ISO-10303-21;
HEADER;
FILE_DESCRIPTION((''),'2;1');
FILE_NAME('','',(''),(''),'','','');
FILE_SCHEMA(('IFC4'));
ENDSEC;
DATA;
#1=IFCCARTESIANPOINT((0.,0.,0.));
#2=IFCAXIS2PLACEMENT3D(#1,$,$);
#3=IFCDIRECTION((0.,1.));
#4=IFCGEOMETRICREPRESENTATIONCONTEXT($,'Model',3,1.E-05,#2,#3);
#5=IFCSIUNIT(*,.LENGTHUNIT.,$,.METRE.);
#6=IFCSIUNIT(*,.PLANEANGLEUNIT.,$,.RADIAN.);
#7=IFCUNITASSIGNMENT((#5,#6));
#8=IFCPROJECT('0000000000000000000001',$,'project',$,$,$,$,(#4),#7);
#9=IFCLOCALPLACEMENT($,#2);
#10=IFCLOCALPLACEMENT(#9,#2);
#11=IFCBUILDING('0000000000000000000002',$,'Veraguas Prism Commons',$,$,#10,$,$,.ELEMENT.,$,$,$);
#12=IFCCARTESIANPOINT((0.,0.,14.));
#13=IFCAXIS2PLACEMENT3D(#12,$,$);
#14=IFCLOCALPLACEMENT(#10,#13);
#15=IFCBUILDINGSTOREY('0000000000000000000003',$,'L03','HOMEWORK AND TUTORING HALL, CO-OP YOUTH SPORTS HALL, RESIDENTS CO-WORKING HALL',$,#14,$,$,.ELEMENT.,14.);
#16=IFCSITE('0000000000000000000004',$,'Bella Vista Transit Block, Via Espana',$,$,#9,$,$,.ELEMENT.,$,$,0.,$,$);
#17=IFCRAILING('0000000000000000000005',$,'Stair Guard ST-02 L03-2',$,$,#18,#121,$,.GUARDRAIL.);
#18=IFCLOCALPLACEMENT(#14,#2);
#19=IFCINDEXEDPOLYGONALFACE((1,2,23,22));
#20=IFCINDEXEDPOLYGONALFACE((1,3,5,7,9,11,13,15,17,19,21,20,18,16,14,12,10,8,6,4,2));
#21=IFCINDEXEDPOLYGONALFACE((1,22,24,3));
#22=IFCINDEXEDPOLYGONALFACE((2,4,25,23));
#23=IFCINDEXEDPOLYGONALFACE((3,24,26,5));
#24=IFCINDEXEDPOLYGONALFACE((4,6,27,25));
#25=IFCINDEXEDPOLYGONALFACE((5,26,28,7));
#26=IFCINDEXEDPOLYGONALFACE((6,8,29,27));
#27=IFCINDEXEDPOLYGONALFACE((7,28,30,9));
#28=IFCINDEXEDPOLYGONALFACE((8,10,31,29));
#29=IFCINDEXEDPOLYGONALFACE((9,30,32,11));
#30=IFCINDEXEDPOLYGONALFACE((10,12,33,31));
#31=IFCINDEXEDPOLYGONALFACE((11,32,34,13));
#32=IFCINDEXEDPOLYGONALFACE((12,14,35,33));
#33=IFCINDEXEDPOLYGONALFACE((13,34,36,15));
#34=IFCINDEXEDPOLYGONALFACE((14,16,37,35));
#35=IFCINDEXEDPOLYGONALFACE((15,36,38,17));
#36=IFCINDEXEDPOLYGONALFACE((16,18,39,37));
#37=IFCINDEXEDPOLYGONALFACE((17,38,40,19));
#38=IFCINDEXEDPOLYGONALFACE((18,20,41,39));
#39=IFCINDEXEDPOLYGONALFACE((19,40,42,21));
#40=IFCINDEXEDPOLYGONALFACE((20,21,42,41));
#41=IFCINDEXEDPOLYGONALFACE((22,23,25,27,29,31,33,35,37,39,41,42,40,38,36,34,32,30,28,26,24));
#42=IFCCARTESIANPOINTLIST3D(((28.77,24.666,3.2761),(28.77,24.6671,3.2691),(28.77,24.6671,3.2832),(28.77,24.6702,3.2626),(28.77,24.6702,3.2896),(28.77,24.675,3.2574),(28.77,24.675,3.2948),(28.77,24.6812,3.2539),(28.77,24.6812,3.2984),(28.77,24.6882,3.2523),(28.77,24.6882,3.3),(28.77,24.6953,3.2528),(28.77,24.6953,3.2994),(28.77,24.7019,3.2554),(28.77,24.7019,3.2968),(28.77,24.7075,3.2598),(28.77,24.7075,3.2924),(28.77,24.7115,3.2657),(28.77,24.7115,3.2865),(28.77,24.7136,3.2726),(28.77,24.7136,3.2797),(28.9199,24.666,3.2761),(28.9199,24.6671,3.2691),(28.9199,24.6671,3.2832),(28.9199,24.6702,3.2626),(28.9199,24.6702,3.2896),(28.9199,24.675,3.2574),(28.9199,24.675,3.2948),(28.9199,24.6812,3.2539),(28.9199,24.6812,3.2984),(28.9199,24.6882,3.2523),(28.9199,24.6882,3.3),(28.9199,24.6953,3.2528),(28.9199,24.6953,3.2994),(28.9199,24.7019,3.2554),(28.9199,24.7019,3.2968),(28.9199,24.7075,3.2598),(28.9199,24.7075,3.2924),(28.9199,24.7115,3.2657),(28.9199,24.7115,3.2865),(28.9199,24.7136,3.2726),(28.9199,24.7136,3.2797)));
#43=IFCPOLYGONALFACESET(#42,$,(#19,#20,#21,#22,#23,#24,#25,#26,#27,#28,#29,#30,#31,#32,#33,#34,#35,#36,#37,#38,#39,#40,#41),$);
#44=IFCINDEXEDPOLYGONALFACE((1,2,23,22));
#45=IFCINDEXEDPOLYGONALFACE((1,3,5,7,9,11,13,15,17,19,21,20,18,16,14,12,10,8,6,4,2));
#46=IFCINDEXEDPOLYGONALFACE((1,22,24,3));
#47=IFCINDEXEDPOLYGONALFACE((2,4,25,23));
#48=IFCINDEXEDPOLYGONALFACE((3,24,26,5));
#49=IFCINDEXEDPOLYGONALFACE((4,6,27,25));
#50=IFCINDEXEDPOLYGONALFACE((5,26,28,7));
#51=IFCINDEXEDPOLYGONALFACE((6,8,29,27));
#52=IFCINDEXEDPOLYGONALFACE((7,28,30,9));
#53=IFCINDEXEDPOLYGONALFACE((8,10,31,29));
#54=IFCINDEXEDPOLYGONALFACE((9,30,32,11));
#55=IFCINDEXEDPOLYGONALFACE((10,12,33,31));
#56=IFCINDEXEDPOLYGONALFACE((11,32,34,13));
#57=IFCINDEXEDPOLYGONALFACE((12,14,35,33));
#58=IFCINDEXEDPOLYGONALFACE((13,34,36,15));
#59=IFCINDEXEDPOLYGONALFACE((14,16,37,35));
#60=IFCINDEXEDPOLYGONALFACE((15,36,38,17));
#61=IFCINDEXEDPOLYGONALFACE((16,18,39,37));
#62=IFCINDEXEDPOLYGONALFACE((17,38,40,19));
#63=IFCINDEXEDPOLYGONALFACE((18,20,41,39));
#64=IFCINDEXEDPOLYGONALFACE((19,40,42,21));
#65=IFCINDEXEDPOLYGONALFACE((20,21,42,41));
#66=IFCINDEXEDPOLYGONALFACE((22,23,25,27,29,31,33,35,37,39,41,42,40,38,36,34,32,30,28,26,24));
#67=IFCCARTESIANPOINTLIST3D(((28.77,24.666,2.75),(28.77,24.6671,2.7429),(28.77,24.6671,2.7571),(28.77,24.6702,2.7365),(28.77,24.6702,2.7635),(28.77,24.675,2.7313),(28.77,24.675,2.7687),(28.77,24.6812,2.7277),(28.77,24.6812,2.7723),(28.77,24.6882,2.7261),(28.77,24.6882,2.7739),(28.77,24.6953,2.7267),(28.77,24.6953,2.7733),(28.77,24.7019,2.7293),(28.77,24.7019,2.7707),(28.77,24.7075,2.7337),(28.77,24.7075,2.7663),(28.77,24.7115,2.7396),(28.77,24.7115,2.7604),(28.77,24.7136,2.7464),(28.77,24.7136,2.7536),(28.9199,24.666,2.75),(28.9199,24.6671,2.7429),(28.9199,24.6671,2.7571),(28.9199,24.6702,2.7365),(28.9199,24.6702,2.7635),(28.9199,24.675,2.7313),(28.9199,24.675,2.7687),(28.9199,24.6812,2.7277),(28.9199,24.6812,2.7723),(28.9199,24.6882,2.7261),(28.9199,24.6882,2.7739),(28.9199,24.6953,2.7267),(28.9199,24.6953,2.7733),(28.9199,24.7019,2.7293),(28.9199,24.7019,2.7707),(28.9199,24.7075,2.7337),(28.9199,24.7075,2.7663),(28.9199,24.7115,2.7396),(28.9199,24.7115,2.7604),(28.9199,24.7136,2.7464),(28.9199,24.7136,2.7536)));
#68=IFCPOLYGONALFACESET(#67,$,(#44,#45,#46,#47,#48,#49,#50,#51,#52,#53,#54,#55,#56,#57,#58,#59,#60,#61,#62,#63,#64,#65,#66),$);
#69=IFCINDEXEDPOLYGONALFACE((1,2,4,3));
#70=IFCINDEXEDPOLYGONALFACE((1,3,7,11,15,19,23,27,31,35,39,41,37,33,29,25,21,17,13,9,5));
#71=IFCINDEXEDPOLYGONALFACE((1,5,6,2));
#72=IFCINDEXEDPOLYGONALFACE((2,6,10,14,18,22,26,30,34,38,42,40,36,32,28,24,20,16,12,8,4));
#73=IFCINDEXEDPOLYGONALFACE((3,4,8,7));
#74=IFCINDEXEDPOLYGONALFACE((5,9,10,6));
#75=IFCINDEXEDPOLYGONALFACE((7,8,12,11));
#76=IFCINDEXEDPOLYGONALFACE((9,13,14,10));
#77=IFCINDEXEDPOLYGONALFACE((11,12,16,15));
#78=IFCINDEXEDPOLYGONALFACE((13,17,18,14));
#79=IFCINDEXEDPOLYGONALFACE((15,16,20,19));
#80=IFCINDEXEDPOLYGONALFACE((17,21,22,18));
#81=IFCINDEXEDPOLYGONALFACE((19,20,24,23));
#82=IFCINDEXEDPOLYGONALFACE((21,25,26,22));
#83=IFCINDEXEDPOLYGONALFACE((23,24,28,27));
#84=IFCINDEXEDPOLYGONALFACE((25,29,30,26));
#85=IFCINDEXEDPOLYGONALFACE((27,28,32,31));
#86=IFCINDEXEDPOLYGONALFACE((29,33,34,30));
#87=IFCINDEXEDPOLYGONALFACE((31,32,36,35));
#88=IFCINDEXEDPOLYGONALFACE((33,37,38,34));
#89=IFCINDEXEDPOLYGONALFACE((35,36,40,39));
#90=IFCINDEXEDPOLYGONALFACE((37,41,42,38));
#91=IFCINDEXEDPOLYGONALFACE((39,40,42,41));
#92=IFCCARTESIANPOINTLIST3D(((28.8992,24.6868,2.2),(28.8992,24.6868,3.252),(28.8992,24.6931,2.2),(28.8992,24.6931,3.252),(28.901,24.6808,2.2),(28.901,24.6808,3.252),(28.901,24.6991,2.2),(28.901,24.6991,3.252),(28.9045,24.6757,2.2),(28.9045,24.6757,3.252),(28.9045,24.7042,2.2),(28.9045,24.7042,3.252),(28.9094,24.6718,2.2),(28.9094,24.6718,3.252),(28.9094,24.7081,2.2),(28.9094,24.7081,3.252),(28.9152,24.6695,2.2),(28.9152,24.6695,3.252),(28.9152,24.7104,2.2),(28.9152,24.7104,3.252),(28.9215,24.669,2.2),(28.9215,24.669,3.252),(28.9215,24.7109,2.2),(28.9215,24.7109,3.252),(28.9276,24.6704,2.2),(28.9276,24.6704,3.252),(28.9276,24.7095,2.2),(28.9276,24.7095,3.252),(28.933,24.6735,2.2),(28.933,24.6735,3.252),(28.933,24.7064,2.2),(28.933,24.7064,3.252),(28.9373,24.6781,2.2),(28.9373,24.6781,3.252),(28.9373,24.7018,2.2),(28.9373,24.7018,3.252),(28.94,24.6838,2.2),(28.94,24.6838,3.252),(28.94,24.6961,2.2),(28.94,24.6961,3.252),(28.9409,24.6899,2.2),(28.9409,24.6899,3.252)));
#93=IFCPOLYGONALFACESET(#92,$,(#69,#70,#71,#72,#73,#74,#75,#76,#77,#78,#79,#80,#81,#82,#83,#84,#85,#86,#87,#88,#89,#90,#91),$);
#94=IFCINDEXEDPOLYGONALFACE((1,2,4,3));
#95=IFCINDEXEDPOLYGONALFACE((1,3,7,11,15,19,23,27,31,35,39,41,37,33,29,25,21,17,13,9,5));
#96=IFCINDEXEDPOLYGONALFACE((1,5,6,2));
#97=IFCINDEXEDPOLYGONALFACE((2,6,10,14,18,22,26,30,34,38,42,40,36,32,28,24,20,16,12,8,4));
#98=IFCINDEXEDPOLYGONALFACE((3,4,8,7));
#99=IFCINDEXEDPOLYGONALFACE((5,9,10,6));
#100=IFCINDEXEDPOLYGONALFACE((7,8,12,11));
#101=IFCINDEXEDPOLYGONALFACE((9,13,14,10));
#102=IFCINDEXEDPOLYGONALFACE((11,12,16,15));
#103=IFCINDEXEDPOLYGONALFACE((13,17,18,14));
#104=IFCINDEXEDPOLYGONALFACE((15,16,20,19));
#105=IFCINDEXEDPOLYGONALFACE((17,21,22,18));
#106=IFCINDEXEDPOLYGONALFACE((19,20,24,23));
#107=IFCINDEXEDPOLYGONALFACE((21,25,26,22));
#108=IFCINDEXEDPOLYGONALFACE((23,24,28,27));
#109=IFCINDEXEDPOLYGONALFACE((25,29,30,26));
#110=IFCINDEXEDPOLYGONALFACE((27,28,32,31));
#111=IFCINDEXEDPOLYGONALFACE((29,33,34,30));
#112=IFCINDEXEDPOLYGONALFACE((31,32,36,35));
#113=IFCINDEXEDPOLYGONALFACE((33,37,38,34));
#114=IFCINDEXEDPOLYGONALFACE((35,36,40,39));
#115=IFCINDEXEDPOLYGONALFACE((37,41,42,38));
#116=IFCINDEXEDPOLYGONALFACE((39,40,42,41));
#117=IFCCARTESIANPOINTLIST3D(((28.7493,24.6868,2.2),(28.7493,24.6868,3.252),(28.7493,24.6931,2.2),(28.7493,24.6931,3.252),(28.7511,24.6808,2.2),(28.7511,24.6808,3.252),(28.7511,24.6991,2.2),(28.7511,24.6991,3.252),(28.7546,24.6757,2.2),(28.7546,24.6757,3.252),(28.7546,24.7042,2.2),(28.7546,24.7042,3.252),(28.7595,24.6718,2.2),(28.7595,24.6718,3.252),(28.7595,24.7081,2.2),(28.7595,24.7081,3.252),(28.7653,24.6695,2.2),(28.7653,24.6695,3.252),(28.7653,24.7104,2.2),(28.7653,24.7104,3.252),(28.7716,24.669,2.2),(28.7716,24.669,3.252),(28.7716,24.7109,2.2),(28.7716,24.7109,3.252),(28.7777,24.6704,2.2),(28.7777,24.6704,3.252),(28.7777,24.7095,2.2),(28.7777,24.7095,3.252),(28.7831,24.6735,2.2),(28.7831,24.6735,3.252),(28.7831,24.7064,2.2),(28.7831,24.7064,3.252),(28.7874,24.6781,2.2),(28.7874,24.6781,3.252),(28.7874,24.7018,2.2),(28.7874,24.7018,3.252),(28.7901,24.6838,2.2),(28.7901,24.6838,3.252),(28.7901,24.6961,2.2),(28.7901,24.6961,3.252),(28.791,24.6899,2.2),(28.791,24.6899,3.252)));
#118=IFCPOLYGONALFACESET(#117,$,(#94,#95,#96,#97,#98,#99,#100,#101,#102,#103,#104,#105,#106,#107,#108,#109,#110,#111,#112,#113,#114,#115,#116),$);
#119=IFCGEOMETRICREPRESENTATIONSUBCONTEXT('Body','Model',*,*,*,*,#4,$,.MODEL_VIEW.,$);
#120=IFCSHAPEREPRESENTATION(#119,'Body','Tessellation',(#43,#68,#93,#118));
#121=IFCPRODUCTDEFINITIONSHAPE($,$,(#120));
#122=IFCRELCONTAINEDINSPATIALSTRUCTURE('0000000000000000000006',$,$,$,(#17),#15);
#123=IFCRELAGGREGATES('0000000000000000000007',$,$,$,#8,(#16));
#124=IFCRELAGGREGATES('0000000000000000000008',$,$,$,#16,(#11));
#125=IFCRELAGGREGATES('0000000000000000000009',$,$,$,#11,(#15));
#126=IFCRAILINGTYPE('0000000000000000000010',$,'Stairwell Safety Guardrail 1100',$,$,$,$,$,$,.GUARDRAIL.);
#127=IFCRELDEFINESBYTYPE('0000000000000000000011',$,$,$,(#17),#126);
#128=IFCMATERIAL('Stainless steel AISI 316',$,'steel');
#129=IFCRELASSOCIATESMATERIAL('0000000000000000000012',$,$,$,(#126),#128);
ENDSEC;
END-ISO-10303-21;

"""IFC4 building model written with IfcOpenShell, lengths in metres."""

from ifc_helpers import new_model, si_unit, direction, frame, origin, origin_2d, place, context, subcontext, project, spatial, circle, extrude, material, type_object, element, save


model = new_model("IFC4")

# Units and contexts
model_context = context("Model", 3, precision=1e-05, world=origin(), true_north=direction((0.0, 1.0)))
body_context = subcontext(model_context, "Body", "Model", "MODEL_VIEW")
ifc_project = project(units=[si_unit("LENGTHUNIT", "METRE"), si_unit("PLANEANGLEUNIT", "RADIAN")], contexts=[model_context])

# Site, building, storey
site_placement = place(None, origin())
site = spatial("IfcSite", under=ifc_project, at=site_placement, Name="Bella Vista Transit Block, Via Espana", CompositionType="ELEMENT", RefElevation=0.0)
building_placement = place(site_placement, origin())
building = spatial("IfcBuilding", under=site, at=building_placement, Name="Veraguas Prism Commons", CompositionType="ELEMENT")
storey_placement = place(building_placement, frame((0.0, 0.0, 14.0)))
storey = spatial("IfcBuildingStorey", under=building, at=storey_placement, Name="L03", Description="HOMEWORK AND TUTORING HALL, CO-OP YOUTH SPORTS HALL, RESIDENTS CO-WORKING HALL", CompositionType="ELEMENT", Elevation=14.0)

# Railing
ifc_material_1 = material(Name="Stainless steel AISI 316", Category="steel")
railing_type_1 = type_object("IfcRailingType", Name="Stairwell Safety Guardrail 1100", PredefinedType="GUARDRAIL", material=ifc_material_1)
railing_1_placement = place(storey_placement, frame((28.9199, 24.6899, 2.2)))
element("IfcRailing", 1, at=railing_1_placement, inside=storey, type_object=railing_type_1, Name="Stair Guard ST-02 L03-2", PredefinedType="GUARDRAIL", context=body_context, shape_type="SweptSolid", body=[
    extrude(circle(Radius=0.0239, at=origin_2d()), frame((0.0, 0.0, 1.0762), z_axis=(-1.0, 0.0, 0.0), x_axis=(0.0, -1.0, 0.0)), (0.0, 0.0, 1.0), 0.1499),
    extrude(circle(Radius=0.0239, at=origin_2d()), frame((0.0, 0.0, 0.55), z_axis=(-1.0, 0.0, 0.0), x_axis=(0.0, -1.0, 0.0)), (0.0, 0.0, 1.0), 0.1499),
    extrude(circle(Radius=0.021, at=origin_2d()), origin(), (0.0, 0.0, 1.0), 1.052),
    extrude(circle(Radius=0.021, at=origin_2d()), frame((-0.1499, 0.0, 0.0)), (0.0, 0.0, 1.0), 1.052),
])

save(model, "model.ifc")
